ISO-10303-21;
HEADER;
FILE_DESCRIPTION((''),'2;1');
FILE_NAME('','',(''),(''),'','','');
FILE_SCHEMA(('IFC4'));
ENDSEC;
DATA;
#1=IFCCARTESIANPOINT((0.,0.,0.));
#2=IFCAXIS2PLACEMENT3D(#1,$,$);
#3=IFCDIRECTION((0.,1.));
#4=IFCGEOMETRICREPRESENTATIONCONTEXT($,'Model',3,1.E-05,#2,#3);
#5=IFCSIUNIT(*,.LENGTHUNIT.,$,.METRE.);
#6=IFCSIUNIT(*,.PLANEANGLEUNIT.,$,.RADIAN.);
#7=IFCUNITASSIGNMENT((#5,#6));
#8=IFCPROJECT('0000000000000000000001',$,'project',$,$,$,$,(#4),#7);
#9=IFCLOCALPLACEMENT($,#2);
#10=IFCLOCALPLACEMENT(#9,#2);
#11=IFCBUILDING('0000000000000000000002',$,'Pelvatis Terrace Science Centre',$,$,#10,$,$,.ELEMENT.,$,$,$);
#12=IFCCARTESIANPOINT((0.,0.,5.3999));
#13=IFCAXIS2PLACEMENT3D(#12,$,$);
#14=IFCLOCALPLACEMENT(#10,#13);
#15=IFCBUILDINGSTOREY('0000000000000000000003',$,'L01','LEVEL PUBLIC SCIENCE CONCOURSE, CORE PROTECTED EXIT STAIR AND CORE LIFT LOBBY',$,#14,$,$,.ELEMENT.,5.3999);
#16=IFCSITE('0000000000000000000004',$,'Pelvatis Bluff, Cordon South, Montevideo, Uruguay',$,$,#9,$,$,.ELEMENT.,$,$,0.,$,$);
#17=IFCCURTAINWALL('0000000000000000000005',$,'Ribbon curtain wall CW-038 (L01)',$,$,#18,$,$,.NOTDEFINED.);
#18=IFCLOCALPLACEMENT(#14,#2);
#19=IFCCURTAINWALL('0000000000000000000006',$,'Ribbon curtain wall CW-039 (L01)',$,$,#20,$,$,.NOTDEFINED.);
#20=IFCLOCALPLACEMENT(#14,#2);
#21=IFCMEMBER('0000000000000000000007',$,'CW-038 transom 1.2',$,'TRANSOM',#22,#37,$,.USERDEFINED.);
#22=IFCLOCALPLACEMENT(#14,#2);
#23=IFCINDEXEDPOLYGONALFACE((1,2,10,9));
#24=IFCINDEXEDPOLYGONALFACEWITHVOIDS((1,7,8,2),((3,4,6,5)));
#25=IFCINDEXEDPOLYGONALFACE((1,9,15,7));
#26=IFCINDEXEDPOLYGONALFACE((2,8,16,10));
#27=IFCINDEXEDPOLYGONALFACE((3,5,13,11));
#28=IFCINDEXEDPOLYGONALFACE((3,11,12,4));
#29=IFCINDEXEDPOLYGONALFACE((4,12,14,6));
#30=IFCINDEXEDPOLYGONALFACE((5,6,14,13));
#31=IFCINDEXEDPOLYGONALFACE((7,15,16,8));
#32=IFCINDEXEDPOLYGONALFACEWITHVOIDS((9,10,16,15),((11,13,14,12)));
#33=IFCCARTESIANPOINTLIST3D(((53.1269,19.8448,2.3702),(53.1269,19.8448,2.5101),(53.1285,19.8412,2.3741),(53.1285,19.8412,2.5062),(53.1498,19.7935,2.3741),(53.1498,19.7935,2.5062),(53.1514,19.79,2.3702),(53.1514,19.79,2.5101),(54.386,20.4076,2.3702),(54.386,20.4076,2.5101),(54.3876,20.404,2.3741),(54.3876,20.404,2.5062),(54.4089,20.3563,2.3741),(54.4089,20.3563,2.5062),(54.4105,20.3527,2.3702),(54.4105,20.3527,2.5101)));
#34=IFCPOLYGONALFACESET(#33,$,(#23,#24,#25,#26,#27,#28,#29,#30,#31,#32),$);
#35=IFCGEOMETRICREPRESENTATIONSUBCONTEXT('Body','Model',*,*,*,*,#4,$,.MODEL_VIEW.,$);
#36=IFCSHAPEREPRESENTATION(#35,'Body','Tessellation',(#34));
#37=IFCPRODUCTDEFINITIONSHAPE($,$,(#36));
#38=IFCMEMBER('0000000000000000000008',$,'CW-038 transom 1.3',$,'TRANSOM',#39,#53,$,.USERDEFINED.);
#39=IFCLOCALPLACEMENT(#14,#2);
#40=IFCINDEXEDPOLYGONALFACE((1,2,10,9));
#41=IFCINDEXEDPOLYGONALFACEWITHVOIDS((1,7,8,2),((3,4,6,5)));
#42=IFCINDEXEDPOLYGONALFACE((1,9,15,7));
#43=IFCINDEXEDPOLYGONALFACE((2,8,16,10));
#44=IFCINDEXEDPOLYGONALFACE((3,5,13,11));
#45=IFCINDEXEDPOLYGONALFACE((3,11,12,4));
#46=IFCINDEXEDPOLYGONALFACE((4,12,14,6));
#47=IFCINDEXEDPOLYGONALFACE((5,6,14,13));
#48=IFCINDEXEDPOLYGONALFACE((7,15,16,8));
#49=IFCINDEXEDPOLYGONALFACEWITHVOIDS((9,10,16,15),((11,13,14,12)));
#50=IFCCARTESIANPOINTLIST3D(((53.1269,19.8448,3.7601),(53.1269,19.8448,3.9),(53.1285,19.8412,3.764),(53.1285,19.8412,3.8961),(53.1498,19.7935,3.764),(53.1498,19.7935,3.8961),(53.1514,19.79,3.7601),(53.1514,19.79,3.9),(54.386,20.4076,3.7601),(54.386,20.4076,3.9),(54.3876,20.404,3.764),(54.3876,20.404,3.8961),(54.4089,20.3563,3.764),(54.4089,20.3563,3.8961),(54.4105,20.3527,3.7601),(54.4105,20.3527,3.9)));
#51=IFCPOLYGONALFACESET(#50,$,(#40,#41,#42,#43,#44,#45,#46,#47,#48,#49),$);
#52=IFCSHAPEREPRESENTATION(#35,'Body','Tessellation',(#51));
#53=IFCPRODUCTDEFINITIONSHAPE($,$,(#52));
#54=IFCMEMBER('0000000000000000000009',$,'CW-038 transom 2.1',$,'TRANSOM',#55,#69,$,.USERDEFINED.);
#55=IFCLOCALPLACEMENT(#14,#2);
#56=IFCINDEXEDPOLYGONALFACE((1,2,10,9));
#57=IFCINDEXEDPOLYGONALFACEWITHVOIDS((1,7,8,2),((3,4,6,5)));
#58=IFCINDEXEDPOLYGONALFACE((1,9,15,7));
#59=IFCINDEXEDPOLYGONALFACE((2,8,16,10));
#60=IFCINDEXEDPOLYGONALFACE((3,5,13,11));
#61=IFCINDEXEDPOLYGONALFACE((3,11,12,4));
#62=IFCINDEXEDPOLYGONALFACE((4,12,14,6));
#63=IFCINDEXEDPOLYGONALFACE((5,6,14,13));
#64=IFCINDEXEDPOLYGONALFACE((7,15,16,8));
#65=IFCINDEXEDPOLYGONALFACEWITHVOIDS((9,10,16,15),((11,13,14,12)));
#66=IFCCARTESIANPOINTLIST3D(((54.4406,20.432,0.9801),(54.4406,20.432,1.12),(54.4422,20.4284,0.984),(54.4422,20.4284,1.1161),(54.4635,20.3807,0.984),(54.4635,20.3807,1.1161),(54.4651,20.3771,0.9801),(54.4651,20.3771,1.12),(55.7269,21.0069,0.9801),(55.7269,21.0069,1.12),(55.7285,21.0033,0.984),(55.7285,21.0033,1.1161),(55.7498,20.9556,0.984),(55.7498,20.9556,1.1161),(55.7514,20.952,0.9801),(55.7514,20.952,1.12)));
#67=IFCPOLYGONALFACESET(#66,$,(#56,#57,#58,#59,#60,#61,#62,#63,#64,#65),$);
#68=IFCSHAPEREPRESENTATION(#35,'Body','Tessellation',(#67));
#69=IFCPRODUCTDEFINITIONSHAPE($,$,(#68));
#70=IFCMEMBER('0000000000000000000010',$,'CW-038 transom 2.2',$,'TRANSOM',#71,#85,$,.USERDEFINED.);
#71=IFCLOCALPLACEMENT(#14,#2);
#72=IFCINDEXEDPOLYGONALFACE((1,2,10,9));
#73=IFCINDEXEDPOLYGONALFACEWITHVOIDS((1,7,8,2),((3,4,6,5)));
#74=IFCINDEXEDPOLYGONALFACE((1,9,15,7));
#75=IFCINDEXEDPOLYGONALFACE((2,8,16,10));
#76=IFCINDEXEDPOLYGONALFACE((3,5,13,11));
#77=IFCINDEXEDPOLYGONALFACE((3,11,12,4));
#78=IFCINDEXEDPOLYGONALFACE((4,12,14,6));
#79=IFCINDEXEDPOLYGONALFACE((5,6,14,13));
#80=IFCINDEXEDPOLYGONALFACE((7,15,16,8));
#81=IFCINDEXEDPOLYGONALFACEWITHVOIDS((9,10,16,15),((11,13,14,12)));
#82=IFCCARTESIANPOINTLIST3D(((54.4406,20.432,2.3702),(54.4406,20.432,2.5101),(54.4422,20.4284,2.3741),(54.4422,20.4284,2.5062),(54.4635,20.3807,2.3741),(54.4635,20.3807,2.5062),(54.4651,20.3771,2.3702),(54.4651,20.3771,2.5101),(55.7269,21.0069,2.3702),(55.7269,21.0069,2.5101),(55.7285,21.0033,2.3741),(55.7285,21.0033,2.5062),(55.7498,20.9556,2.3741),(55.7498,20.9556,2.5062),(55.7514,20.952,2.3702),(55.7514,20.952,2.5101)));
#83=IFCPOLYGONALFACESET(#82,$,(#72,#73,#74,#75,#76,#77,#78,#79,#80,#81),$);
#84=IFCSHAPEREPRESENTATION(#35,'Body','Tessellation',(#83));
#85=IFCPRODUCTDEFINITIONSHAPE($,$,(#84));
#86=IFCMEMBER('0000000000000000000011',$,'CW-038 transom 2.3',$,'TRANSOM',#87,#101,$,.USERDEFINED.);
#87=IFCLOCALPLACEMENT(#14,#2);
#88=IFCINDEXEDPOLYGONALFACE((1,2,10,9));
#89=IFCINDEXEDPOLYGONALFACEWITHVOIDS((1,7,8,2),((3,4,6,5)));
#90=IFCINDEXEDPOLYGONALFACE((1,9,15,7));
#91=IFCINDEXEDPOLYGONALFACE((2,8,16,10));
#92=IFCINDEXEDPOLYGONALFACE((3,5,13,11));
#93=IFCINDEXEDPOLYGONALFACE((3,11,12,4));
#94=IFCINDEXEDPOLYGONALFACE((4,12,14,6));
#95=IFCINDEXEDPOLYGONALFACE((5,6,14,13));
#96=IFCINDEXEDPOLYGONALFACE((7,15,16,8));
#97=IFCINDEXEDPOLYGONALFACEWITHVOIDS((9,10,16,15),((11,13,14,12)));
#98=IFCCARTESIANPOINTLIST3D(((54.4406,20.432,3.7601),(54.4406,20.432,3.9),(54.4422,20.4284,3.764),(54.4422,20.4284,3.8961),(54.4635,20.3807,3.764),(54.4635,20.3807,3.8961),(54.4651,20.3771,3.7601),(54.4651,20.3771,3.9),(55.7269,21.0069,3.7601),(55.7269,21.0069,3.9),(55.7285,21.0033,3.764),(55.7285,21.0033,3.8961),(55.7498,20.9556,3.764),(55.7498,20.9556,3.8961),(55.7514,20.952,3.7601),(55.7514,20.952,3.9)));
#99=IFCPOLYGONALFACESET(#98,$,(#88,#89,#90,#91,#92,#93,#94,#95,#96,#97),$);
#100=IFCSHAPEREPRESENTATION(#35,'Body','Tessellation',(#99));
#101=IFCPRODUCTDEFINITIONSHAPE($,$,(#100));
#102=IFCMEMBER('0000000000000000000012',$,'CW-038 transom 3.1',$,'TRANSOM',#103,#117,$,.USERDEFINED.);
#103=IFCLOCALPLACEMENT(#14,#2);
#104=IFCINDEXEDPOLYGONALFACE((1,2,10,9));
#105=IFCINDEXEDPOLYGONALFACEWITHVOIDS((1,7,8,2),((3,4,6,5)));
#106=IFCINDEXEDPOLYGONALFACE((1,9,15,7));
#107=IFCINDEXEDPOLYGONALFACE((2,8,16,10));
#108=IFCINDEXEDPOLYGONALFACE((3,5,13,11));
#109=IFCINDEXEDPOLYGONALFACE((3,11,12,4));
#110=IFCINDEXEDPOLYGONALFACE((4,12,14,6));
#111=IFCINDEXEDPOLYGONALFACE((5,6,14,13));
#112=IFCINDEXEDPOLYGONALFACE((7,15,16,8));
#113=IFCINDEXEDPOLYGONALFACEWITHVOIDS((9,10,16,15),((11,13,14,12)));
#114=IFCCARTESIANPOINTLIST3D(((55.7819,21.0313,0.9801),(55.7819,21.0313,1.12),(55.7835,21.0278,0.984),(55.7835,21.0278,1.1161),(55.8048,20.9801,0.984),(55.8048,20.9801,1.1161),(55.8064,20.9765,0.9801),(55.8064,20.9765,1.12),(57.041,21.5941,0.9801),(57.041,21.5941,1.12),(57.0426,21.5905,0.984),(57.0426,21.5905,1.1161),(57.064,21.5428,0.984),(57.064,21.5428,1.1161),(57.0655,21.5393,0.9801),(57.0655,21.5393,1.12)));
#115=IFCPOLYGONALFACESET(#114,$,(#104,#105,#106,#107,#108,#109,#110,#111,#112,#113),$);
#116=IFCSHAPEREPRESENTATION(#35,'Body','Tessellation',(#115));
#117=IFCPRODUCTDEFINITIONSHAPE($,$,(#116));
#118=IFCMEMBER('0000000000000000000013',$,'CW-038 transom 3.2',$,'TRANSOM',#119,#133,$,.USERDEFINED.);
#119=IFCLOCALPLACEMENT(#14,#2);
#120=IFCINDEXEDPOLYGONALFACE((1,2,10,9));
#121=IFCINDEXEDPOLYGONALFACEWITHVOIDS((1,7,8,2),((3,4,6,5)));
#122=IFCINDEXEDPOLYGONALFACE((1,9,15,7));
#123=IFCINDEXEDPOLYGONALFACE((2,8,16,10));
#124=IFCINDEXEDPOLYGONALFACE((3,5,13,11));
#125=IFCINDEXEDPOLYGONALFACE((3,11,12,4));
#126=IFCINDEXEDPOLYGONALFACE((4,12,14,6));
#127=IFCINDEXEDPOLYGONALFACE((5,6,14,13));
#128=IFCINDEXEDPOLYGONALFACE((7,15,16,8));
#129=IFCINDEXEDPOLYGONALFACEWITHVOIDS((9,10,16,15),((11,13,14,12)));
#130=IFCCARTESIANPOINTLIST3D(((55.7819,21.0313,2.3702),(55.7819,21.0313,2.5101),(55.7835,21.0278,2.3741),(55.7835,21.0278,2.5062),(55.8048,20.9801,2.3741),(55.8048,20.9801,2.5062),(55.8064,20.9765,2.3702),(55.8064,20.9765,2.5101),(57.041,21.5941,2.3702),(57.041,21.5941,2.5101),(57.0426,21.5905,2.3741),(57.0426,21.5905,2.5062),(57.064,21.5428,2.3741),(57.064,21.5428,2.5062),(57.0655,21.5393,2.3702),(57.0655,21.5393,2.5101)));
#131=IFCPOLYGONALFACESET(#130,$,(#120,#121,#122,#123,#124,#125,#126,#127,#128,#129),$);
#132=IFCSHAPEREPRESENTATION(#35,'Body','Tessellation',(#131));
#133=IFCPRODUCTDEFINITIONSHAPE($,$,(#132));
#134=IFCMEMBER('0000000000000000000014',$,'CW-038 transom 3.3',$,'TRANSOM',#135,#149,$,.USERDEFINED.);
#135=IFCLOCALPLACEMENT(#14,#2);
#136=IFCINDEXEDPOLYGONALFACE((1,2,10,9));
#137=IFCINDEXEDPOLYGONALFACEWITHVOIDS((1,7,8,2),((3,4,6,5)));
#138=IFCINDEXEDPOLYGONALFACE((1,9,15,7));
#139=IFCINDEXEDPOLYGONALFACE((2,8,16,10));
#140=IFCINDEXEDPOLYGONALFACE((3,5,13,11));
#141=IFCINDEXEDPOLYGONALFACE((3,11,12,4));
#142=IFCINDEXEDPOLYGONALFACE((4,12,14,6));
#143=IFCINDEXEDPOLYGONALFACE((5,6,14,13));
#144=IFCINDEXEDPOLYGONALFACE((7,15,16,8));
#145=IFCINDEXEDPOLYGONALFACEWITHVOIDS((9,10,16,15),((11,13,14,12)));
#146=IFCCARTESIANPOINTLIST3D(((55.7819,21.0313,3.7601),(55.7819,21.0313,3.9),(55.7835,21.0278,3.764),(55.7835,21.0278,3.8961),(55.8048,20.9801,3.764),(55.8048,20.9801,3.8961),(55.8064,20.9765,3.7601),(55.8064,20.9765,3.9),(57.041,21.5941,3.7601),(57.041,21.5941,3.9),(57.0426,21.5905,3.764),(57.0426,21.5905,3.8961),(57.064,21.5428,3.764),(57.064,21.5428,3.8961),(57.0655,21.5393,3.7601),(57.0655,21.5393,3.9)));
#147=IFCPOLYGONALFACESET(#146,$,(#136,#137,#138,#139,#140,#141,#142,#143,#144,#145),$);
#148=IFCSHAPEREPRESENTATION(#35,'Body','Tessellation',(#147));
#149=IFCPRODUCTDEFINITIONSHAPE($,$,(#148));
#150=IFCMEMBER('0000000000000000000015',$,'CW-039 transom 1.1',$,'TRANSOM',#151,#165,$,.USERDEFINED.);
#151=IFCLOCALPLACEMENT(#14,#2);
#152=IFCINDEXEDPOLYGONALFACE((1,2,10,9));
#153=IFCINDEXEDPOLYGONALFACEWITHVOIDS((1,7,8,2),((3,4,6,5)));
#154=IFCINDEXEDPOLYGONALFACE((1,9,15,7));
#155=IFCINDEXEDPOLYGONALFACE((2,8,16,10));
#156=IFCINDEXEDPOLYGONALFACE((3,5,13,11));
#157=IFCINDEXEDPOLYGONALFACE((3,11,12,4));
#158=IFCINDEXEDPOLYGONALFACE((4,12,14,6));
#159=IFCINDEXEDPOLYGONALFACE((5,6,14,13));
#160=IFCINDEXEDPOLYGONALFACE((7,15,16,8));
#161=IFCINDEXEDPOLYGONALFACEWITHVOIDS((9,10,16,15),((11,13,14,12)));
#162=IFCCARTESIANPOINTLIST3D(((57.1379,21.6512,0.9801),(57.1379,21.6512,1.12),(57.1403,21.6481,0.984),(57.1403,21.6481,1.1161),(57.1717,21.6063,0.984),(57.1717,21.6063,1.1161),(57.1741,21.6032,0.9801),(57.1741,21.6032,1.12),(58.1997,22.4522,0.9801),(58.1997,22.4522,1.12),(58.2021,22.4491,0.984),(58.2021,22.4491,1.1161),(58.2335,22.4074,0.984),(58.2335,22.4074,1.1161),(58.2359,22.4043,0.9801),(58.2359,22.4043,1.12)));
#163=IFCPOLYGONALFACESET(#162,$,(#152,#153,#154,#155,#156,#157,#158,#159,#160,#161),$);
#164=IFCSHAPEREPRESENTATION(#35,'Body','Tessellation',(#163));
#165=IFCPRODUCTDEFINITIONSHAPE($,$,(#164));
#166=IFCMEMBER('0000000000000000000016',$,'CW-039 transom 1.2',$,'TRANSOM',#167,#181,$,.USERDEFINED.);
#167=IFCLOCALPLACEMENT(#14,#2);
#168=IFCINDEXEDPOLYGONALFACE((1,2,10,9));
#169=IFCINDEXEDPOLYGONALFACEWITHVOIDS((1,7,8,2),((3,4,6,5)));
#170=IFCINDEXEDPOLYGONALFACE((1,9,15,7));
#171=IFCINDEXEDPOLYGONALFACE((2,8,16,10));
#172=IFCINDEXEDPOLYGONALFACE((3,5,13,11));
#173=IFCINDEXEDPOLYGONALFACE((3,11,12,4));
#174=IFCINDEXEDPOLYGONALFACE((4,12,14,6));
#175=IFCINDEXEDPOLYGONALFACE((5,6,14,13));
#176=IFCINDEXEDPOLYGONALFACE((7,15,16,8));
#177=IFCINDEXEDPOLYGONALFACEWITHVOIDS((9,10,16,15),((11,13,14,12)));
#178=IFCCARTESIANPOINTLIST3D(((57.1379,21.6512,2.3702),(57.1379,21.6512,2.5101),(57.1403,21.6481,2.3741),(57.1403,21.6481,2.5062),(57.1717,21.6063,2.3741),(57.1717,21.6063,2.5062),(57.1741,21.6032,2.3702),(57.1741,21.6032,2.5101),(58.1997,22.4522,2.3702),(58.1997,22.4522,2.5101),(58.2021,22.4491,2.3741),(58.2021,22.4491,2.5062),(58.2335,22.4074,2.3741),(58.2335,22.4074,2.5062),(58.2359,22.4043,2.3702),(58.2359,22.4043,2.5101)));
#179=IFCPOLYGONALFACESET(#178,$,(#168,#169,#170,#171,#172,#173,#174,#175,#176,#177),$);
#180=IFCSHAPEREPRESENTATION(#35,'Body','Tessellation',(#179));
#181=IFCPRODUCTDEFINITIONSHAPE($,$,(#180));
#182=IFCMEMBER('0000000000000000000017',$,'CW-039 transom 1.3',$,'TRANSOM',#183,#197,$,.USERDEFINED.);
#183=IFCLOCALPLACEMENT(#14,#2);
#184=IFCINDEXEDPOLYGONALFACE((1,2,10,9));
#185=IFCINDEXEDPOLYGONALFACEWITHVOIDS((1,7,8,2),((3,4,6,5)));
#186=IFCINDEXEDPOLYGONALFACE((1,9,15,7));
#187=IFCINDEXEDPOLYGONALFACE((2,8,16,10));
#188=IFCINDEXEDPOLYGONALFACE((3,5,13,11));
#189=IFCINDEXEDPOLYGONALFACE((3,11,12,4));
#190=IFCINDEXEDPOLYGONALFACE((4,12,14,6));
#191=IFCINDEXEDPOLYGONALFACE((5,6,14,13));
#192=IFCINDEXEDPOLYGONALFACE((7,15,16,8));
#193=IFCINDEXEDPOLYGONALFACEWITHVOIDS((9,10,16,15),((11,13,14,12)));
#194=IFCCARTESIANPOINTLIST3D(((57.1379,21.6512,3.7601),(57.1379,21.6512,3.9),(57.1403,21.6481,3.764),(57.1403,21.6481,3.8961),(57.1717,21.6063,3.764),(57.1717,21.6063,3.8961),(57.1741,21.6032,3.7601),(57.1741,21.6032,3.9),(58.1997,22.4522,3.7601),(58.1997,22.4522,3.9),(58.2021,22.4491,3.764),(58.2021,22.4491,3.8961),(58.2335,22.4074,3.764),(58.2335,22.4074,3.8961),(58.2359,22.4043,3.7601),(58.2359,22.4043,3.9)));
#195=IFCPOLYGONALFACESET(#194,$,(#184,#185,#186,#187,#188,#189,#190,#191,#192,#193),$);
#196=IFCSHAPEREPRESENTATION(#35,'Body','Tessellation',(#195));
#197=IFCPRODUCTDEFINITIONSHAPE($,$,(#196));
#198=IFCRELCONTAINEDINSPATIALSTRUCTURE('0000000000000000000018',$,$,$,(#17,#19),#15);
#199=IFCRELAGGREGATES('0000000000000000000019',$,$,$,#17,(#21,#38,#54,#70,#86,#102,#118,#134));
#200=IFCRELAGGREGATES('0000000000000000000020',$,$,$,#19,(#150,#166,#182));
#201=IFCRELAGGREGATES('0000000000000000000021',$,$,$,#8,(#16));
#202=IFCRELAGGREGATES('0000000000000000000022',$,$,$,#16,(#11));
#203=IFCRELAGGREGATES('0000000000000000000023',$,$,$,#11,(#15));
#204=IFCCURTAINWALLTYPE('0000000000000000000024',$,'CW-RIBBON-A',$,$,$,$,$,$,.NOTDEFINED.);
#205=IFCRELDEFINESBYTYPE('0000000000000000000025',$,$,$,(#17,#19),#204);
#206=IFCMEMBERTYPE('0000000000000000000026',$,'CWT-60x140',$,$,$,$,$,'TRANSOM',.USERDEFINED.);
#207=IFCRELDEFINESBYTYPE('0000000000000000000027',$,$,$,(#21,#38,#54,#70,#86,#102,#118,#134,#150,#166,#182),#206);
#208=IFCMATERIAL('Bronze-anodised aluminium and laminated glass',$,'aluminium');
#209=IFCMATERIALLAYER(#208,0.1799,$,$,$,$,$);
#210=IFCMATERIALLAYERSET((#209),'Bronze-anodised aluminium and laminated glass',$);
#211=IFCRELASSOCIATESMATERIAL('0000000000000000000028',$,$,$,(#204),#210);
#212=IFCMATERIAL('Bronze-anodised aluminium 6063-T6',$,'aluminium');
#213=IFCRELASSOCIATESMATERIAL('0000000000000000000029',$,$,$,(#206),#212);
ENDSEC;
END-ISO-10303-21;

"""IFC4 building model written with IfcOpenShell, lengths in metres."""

from ifc_helpers import new_model, si_unit, direction, frame, origin, origin_2d, place, context, subcontext, project, spatial, hollow_rectangle, extrude, material, layer, layer_set, material_profile, profile_set, type_object, element, aggregate, save


model = new_model("IFC4")

# Units and contexts
model_context = context("Model", 3, precision=1e-05, world=origin(), true_north=direction((0.0, 1.0)))
body_context = subcontext(model_context, "Body", "Model", "MODEL_VIEW")
ifc_project = project(units=[si_unit("LENGTHUNIT", "METRE"), si_unit("PLANEANGLEUNIT", "RADIAN")], contexts=[model_context])

# Site, building, storey
site_placement = place(None, origin())
site = spatial("IfcSite", under=ifc_project, at=site_placement, Name="Pelvatis Bluff, Cordon South, Montevideo, Uruguay", CompositionType="ELEMENT", RefElevation=0.0)
building_placement = place(site_placement, origin())
building = spatial("IfcBuilding", under=site, at=building_placement, Name="Pelvatis Terrace Science Centre", CompositionType="ELEMENT")
storey_placement = place(building_placement, frame((0.0, 0.0, 5.3999)))
storey = spatial("IfcBuildingStorey", under=building, at=storey_placement, Name="L01", Description="LEVEL PUBLIC SCIENCE CONCOURSE, CORE PROTECTED EXIT STAIR AND CORE LIFT LOBBY", CompositionType="ELEMENT", Elevation=5.3999)

# Curtain walls
ifc_material_1 = material(Name="Bronze-anodised aluminium and laminated glass", Category="aluminium")
ifc_layer_1 = layer(ifc_material_1, 0.1799)
ifc_layer_set_1 = layer_set([ifc_layer_1], Name="Bronze-anodised aluminium and laminated glass")
curtain_wall_type = type_object("IfcCurtainWallType", Name="CW-RIBBON-A", PredefinedType="NOTDEFINED", material=ifc_layer_set_1)
curtain_wall_1_placement = place(storey_placement, origin())
curtain_wall_1 = element("IfcCurtainWall", 1, at=curtain_wall_1_placement, inside=storey, type_object=curtain_wall_type, Name="Ribbon curtain wall CW-038 (L01)", PredefinedType="NOTDEFINED")
curtain_wall_2_placement = place(storey_placement, origin())
curtain_wall_2 = element("IfcCurtainWall", 2, at=curtain_wall_2_placement, inside=storey, type_object=curtain_wall_type, Name="Ribbon curtain wall CW-039 (L01)", PredefinedType="NOTDEFINED")

# Members
ifc_material_2 = material(Name="Bronze-anodised aluminium 6063-T6", Category="aluminium")
ifc_material_profile_1 = material_profile(ifc_material_2, hollow_rectangle(XDim=0.0601, YDim=0.1399, WallThickness=0.0039, at=origin_2d()), Name="ALU-TRN 60x140")
ifc_profile_set_1 = profile_set([ifc_material_profile_1], Name="Bronze-anodised aluminium 6063-T6")
member_type_1 = type_object("IfcMemberType", Name="CWT-60x140", ElementType="TRANSOM", PredefinedType="USERDEFINED", material=ifc_profile_set_1)
member_1_placement = place(storey_placement, frame((53.1392, 19.8174, 2.4402), z_axis=(0.912955, 0.408059, 0.0), x_axis=(-0.408059, 0.912955, 0.0)))
member_1 = element("IfcMember", 3, at=member_1_placement, type_object=member_type_1, Name="CW-038 transom 1.2", ObjectType="TRANSOM", PredefinedType="USERDEFINED", context=body_context, shape_type="SweptSolid", body=[
    extrude(hollow_rectangle(XDim=0.0601, YDim=0.1399, WallThickness=0.0039, at=origin_2d()), origin(), (0.0, 0.0, 1.0), 1.3792),
])
member_2_placement = place(storey_placement, frame((53.1392, 19.8174, 3.8301), z_axis=(0.912955, 0.408059, 0.0), x_axis=(-0.408059, 0.912955, 0.0)))
member_2 = element("IfcMember", 4, at=member_2_placement, type_object=member_type_1, Name="CW-038 transom 1.3", ObjectType="TRANSOM", PredefinedType="USERDEFINED", context=body_context, shape_type="SweptSolid", body=[
    extrude(hollow_rectangle(XDim=0.0601, YDim=0.1399, WallThickness=0.0039, at=origin_2d()), origin(), (0.0, 0.0, 1.0), 1.3792),
])
member_3_placement = place(storey_placement, frame((54.4529, 20.4045, 1.05), z_axis=(0.912959, 0.408051, 0.0), x_axis=(-0.408051, 0.912959, 0.0)))
member_3 = element("IfcMember", 5, at=member_3_placement, type_object=member_type_1, Name="CW-038 transom 2.1", ObjectType="TRANSOM", PredefinedType="USERDEFINED", context=body_context, shape_type="SweptSolid", body=[
    extrude(hollow_rectangle(XDim=0.0601, YDim=0.1399, WallThickness=0.0039, at=origin_2d()), origin(), (0.0, 0.0, 1.0), 1.4089),
])
member_4_placement = place(storey_placement, frame((54.4529, 20.4045, 2.4402), z_axis=(0.912959, 0.408051, 0.0), x_axis=(-0.408051, 0.912959, 0.0)))
member_4 = element("IfcMember", 6, at=member_4_placement, type_object=member_type_1, Name="CW-038 transom 2.2", ObjectType="TRANSOM", PredefinedType="USERDEFINED", context=body_context, shape_type="SweptSolid", body=[
    extrude(hollow_rectangle(XDim=0.0601, YDim=0.1399, WallThickness=0.0039, at=origin_2d()), origin(), (0.0, 0.0, 1.0), 1.4089),
])
member_5_placement = place(storey_placement, frame((54.4529, 20.4045, 3.8301), z_axis=(0.912959, 0.408051, 0.0), x_axis=(-0.408051, 0.912959, 0.0)))
member_5 = element("IfcMember", 7, at=member_5_placement, type_object=member_type_1, Name="CW-038 transom 2.3", ObjectType="TRANSOM", PredefinedType="USERDEFINED", context=body_context, shape_type="SweptSolid", body=[
    extrude(hollow_rectangle(XDim=0.0601, YDim=0.1399, WallThickness=0.0039, at=origin_2d()), origin(), (0.0, 0.0, 1.0), 1.4089),
])
member_6_placement = place(storey_placement, frame((55.7942, 21.0039, 1.05), z_axis=(0.912955, 0.408059, 0.0), x_axis=(-0.408059, 0.912955, 0.0)))
member_6 = element("IfcMember", 8, at=member_6_placement, type_object=member_type_1, Name="CW-038 transom 3.1", ObjectType="TRANSOM", PredefinedType="USERDEFINED", context=body_context, shape_type="SweptSolid", body=[
    extrude(hollow_rectangle(XDim=0.0601, YDim=0.1399, WallThickness=0.0039, at=origin_2d()), origin(), (0.0, 0.0, 1.0), 1.3792),
])
member_7_placement = place(storey_placement, frame((55.7942, 21.0039, 2.4402), z_axis=(0.912955, 0.408059, 0.0), x_axis=(-0.408059, 0.912955, 0.0)))
member_7 = element("IfcMember", 9, at=member_7_placement, type_object=member_type_1, Name="CW-038 transom 3.2", ObjectType="TRANSOM", PredefinedType="USERDEFINED", context=body_context, shape_type="SweptSolid", body=[
    extrude(hollow_rectangle(XDim=0.0601, YDim=0.1399, WallThickness=0.0039, at=origin_2d()), origin(), (0.0, 0.0, 1.0), 1.3792),
])
member_8_placement = place(storey_placement, frame((55.7942, 21.0039, 3.8301), z_axis=(0.912955, 0.408059, 0.0), x_axis=(-0.408059, 0.912955, 0.0)))
member_8 = element("IfcMember", 10, at=member_8_placement, type_object=member_type_1, Name="CW-038 transom 3.3", ObjectType="TRANSOM", PredefinedType="USERDEFINED", context=body_context, shape_type="SweptSolid", body=[
    extrude(hollow_rectangle(XDim=0.0601, YDim=0.1399, WallThickness=0.0039, at=origin_2d()), origin(), (0.0, 0.0, 1.0), 1.3792),
])
member_9_placement = place(storey_placement, frame((57.156, 21.6272, 1.05), z_axis=(0.798301, 0.602259, 0.0), x_axis=(-0.602259, 0.798301, 0.0)))
member_9 = element("IfcMember", 11, at=member_9_placement, type_object=member_type_1, Name="CW-039 transom 1.1", ObjectType="TRANSOM", PredefinedType="USERDEFINED", context=body_context, shape_type="SweptSolid", body=[
    extrude(hollow_rectangle(XDim=0.0601, YDim=0.1399, WallThickness=0.0039, at=origin_2d()), origin(), (0.0, 0.0, 1.0), 1.3301),
])
member_10_placement = place(storey_placement, frame((57.156, 21.6272, 2.4402), z_axis=(0.798301, 0.602259, 0.0), x_axis=(-0.602259, 0.798301, 0.0)))
member_10 = element("IfcMember", 12, at=member_10_placement, type_object=member_type_1, Name="CW-039 transom 1.2", ObjectType="TRANSOM", PredefinedType="USERDEFINED", context=body_context, shape_type="SweptSolid", body=[
    extrude(hollow_rectangle(XDim=0.0601, YDim=0.1399, WallThickness=0.0039, at=origin_2d()), origin(), (0.0, 0.0, 1.0), 1.3301),
])
member_11_placement = place(storey_placement, frame((57.156, 21.6272, 3.8301), z_axis=(0.798301, 0.602259, 0.0), x_axis=(-0.602259, 0.798301, 0.0)))
member_11 = element("IfcMember", 13, at=member_11_placement, type_object=member_type_1, Name="CW-039 transom 1.3", ObjectType="TRANSOM", PredefinedType="USERDEFINED", context=body_context, shape_type="SweptSolid", body=[
    extrude(hollow_rectangle(XDim=0.0601, YDim=0.1399, WallThickness=0.0039, at=origin_2d()), origin(), (0.0, 0.0, 1.0), 1.3301),
])

aggregate(curtain_wall_1, [member_1, member_2, member_3, member_4, member_5, member_6, member_7, member_8])
aggregate(curtain_wall_2, [member_9, member_10, member_11])

save(model, "model.ifc")
